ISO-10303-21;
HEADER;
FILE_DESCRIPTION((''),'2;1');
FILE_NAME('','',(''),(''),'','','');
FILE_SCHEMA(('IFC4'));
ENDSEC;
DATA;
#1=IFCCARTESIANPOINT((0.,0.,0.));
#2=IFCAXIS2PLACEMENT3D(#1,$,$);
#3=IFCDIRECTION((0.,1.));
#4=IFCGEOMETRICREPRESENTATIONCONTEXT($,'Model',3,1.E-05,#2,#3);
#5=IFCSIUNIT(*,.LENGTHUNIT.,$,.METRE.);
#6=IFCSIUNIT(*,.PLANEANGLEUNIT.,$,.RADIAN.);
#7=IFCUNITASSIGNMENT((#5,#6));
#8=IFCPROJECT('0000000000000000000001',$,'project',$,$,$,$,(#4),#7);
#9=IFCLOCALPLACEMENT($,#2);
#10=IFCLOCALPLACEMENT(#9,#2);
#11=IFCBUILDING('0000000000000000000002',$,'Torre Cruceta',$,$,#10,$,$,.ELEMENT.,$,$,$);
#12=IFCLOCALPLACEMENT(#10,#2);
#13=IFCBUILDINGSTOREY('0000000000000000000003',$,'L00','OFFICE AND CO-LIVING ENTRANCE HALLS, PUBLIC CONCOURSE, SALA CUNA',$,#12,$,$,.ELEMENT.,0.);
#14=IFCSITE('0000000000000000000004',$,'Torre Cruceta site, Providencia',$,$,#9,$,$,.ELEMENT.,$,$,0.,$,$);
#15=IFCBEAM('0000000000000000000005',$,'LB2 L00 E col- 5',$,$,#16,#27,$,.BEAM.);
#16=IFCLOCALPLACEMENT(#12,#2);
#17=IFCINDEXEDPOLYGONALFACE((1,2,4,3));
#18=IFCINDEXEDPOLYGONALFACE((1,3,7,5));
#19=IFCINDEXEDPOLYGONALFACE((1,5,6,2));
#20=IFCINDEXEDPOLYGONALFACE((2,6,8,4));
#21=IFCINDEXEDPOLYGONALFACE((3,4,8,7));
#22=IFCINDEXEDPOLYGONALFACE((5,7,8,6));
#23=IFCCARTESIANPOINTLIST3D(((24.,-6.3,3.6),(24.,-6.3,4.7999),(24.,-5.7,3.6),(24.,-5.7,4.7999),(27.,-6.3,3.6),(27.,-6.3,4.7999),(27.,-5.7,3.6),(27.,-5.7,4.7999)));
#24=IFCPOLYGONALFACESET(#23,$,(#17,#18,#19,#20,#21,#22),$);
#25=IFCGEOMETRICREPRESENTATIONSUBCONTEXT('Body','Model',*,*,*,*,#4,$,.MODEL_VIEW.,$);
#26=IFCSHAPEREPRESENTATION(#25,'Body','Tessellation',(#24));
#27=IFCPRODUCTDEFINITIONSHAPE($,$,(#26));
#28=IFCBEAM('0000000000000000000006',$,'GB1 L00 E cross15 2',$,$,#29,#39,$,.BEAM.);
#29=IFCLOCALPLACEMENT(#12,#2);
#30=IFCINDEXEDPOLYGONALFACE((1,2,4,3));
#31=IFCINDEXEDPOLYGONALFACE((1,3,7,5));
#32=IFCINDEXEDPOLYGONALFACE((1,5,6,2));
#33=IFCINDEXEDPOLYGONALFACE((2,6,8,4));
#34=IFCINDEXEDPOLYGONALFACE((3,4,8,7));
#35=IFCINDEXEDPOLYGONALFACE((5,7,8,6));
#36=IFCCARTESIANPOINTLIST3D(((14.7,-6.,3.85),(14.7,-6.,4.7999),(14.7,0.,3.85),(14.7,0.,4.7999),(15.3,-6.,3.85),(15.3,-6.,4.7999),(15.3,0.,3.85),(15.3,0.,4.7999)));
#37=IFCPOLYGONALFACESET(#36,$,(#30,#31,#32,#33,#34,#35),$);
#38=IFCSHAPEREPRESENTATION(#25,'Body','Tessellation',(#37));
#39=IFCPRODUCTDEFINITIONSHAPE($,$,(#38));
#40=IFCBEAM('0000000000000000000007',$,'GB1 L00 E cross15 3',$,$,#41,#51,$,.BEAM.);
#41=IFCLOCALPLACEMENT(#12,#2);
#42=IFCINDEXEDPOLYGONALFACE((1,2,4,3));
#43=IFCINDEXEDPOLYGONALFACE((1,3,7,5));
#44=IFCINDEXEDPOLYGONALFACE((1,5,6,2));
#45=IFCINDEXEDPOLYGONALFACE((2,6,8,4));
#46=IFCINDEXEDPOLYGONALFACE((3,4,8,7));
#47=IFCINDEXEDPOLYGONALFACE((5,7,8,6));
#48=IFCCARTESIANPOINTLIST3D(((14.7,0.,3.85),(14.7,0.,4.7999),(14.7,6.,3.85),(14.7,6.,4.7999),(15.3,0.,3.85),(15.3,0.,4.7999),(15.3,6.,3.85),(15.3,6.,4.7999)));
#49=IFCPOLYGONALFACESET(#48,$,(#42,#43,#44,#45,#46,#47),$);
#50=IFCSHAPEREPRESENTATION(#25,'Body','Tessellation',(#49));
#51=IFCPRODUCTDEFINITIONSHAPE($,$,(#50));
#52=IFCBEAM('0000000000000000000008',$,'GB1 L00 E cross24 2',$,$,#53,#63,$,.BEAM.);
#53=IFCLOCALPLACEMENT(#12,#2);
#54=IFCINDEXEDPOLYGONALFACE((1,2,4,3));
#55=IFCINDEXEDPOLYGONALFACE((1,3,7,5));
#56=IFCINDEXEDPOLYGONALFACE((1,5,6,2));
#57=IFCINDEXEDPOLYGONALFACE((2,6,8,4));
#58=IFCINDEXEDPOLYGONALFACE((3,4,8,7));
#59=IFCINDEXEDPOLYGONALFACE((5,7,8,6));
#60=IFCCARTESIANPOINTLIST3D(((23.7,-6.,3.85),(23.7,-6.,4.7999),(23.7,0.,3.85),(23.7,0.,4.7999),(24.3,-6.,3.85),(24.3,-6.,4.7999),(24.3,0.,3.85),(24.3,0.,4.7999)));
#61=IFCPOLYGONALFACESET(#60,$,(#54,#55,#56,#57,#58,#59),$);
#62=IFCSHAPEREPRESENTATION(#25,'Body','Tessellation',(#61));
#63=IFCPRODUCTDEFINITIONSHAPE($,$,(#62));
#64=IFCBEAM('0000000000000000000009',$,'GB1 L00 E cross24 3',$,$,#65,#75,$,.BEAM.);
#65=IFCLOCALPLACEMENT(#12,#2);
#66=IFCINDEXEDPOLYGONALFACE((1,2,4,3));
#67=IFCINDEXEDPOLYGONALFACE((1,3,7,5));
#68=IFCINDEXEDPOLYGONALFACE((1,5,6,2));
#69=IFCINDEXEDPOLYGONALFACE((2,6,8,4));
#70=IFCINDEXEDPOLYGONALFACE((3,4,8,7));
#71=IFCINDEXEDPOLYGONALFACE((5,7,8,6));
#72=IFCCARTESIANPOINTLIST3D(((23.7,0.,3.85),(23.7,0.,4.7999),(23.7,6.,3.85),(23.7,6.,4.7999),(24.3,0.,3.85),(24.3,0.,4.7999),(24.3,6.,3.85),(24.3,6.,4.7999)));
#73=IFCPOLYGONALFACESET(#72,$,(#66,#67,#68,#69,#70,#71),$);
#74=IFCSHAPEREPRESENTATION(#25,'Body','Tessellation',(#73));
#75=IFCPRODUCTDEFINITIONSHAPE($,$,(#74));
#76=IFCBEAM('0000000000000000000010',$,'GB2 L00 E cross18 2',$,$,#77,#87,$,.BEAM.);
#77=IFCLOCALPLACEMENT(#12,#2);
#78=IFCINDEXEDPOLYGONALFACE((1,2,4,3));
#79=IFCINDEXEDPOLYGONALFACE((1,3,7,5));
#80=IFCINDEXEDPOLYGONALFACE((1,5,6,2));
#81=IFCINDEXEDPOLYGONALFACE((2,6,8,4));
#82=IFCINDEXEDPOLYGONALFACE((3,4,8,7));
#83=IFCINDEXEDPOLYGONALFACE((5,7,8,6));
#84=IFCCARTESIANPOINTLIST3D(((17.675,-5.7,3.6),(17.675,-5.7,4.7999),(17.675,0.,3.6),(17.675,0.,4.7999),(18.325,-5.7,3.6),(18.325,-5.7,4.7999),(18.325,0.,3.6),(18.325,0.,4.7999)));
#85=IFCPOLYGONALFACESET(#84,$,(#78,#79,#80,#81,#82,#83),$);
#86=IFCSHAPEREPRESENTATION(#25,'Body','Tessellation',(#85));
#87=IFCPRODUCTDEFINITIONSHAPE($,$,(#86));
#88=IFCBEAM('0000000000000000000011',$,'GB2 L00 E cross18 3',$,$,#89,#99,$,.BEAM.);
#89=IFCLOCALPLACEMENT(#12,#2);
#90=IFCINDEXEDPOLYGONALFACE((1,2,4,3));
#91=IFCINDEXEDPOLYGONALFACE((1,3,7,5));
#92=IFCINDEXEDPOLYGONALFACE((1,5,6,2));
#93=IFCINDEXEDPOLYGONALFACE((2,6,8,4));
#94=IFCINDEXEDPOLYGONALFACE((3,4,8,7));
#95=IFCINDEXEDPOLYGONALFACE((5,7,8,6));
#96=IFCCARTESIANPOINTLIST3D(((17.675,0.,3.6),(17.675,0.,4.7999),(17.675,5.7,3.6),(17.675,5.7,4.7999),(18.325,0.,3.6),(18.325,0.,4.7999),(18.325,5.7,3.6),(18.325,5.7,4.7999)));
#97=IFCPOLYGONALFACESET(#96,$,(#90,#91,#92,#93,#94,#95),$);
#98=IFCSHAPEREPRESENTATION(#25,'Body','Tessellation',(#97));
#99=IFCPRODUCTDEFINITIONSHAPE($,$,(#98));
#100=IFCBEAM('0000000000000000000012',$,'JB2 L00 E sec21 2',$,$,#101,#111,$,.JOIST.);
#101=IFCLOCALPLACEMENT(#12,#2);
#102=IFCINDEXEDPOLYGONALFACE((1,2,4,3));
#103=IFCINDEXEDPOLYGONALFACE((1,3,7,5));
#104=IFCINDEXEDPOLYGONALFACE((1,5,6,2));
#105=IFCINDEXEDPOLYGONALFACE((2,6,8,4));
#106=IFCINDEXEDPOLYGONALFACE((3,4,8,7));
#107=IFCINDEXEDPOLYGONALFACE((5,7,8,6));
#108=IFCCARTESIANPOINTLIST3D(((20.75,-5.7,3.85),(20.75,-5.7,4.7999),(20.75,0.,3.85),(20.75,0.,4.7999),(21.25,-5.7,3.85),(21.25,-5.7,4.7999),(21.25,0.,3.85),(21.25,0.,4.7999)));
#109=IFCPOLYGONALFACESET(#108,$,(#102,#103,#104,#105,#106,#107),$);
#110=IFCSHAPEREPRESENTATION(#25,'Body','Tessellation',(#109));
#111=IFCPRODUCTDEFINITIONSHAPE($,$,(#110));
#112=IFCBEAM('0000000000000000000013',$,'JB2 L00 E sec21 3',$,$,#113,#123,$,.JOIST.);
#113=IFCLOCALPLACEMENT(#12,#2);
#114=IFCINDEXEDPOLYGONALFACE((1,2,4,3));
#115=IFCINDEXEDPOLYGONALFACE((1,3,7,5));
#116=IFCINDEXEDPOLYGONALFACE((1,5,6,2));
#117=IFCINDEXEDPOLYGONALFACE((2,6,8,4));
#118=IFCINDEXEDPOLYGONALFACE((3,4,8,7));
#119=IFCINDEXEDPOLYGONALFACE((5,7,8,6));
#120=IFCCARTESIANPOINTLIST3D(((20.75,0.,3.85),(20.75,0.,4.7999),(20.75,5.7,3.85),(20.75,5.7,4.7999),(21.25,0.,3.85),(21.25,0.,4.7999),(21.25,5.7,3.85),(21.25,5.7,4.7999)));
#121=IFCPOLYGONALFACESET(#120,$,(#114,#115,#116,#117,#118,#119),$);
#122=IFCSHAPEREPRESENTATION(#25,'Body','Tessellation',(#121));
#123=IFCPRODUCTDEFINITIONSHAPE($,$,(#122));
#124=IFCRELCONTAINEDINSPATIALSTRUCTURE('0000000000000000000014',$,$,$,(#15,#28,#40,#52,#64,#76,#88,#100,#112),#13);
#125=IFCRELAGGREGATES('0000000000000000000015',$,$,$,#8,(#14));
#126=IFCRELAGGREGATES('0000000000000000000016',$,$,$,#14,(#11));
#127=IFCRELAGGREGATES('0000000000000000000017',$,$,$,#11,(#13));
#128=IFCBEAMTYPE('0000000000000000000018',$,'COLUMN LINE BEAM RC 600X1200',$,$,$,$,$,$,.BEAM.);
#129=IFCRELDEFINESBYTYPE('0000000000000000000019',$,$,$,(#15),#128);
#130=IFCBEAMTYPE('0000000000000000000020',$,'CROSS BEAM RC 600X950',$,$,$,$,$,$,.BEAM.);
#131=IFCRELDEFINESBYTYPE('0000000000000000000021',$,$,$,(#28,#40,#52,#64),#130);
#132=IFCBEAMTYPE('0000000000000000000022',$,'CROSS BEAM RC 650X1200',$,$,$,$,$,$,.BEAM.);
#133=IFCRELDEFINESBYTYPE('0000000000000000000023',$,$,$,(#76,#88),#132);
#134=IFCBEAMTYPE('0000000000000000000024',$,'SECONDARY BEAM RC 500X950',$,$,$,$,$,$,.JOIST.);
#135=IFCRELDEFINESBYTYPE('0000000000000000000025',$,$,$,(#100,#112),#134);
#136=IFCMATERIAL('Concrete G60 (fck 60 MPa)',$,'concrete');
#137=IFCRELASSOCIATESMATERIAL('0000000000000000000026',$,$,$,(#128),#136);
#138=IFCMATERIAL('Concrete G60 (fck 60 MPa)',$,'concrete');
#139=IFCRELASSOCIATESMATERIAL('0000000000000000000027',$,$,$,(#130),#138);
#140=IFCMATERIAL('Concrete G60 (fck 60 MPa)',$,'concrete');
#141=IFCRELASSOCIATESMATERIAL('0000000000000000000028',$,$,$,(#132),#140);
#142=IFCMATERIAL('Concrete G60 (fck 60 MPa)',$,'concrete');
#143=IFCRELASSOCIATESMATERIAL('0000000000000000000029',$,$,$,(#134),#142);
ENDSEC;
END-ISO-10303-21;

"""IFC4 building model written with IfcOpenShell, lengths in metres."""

from ifc_helpers import new_model, si_unit, direction, frame, origin, origin_2d, place, context, subcontext, project, spatial, rectangle, extrude, material, material_profile, profile_set, type_object, element, save


model = new_model("IFC4")

# Units and contexts
model_context = context("Model", 3, precision=1e-05, world=origin(), true_north=direction((0.0, 1.0)))
body_context = subcontext(model_context, "Body", "Model", "MODEL_VIEW")
ifc_project = project(units=[si_unit("LENGTHUNIT", "METRE"), si_unit("PLANEANGLEUNIT", "RADIAN")], contexts=[model_context])

# Site, building, storey
site_placement = place(None, origin())
site = spatial("IfcSite", under=ifc_project, at=site_placement, Name="Torre Cruceta site, Providencia", CompositionType="ELEMENT", RefElevation=0.0)
building_placement = place(site_placement, origin())
building = spatial("IfcBuilding", under=site, at=building_placement, Name="Torre Cruceta", CompositionType="ELEMENT")
storey_placement = place(building_placement, origin())
storey = spatial("IfcBuildingStorey", under=building, at=storey_placement, Name="L00", Description="OFFICE AND CO-LIVING ENTRANCE HALLS, PUBLIC CONCOURSE, SALA CUNA", CompositionType="ELEMENT", Elevation=0.0)

# Beams
ifc_material_1 = material(Name="Concrete G60 (fck 60 MPa)", Category="concrete")
ifc_material_profile_1 = material_profile(ifc_material_1, rectangle(XDim=0.6001, YDim=1.2, at=origin_2d()), Name="RC 600X1200")
ifc_profile_set_1 = profile_set([ifc_material_profile_1], Name="Concrete G60 (fck 60 MPa)")
beam_type_1 = type_object("IfcBeamType", Name="COLUMN LINE BEAM RC 600X1200", PredefinedType="BEAM", material=ifc_profile_set_1)
beam_1_placement = place(storey_placement, frame((24.0, -6.0, 4.2), z_axis=(1.0, 0.0, 0.0), x_axis=(0.0, 1.0, 0.0)))
element("IfcBeam", 1, at=beam_1_placement, inside=storey, type_object=beam_type_1, Name="LB2 L00 E col- 5", PredefinedType="BEAM", context=body_context, shape_type="SweptSolid", body=[
    extrude(rectangle(XDim=0.6001, YDim=1.2, at=origin_2d()), origin(), (0.0, 0.0, 1.0), 3.0),
])
ifc_material_2 = material(Name="Concrete G60 (fck 60 MPa)", Category="concrete")
ifc_material_profile_2 = material_profile(ifc_material_2, rectangle(XDim=0.6001, YDim=0.95, at=origin_2d()), Name="RC 600X950")
ifc_profile_set_2 = profile_set([ifc_material_profile_2], Name="Concrete G60 (fck 60 MPa)")
beam_type_2 = type_object("IfcBeamType", Name="CROSS BEAM RC 600X950", PredefinedType="BEAM", material=ifc_profile_set_2)
for number, where, z_axis, x_axis, name in (
    (2, (15.0, -6.0, 4.325), (0.0, 1.0, 0.0), (-1.0, 0.0, 0.0), "GB1 L00 E cross15 2"),
    (3, (15.0, 0.0, 4.325), (0.0, 1.0, 0.0), (-1.0, 0.0, 0.0), "GB1 L00 E cross15 3"),
    (4, (24.0, -6.0, 4.325), (0.0, 1.0, 0.0), (-1.0, 0.0, 0.0), "GB1 L00 E cross24 2"),
    (5, (24.0, 0.0, 4.325), (0.0, 1.0, 0.0), (-1.0, 0.0, 0.0), "GB1 L00 E cross24 3"),
):
    element("IfcBeam", number, at=place(storey_placement, frame(where, z_axis=z_axis, x_axis=x_axis)), inside=storey, type_object=beam_type_2, Name=name, PredefinedType="BEAM", context=body_context, shape_type="SweptSolid", body=[
        extrude(rectangle(XDim=0.6001, YDim=0.95, at=origin_2d()), origin(), (0.0, 0.0, 1.0), 6.0),
    ])
ifc_material_3 = material(Name="Concrete G60 (fck 60 MPa)", Category="concrete")
ifc_material_profile_3 = material_profile(ifc_material_3, rectangle(XDim=0.6499, YDim=1.2, at=origin_2d()), Name="RC 650X1200")
ifc_profile_set_3 = profile_set([ifc_material_profile_3], Name="Concrete G60 (fck 60 MPa)")
beam_type_3 = type_object("IfcBeamType", Name="CROSS BEAM RC 650X1200", PredefinedType="BEAM", material=ifc_profile_set_3)
for number, where, z_axis, x_axis, name in (
    (6, (18.0, -5.7, 4.2), (0.0, 1.0, 0.0), (-1.0, 0.0, 0.0), "GB2 L00 E cross18 2"),
    (7, (18.0, 0.0, 4.2), (0.0, 1.0, 0.0), (-1.0, 0.0, 0.0), "GB2 L00 E cross18 3"),
):
    element("IfcBeam", number, at=place(storey_placement, frame(where, z_axis=z_axis, x_axis=x_axis)), inside=storey, type_object=beam_type_3, Name=name, PredefinedType="BEAM", context=body_context, shape_type="SweptSolid", body=[
        extrude(rectangle(XDim=0.6499, YDim=1.2, at=origin_2d()), origin(), (0.0, 0.0, 1.0), 5.7),
    ])
ifc_material_4 = material(Name="Concrete G60 (fck 60 MPa)", Category="concrete")
ifc_material_profile_4 = material_profile(ifc_material_4, rectangle(XDim=0.5, YDim=0.95, at=origin_2d()), Name="RC 500X950")
ifc_profile_set_4 = profile_set([ifc_material_profile_4], Name="Concrete G60 (fck 60 MPa)")
beam_type_4 = type_object("IfcBeamType", Name="SECONDARY BEAM RC 500X950", PredefinedType="JOIST", material=ifc_profile_set_4)
for number, where, z_axis, x_axis, name in (
    (8, (21.0, -5.7, 4.325), (0.0, 1.0, 0.0), (-1.0, 0.0, 0.0), "JB2 L00 E sec21 2"),
    (9, (21.0, 0.0, 4.325), (0.0, 1.0, 0.0), (-1.0, 0.0, 0.0), "JB2 L00 E sec21 3"),
):
    element("IfcBeam", number, at=place(storey_placement, frame(where, z_axis=z_axis, x_axis=x_axis)), inside=storey, type_object=beam_type_4, Name=name, PredefinedType="JOIST", context=body_context, shape_type="SweptSolid", body=[
        extrude(rectangle(XDim=0.5, YDim=0.95, at=origin_2d()), origin(), (0.0, 0.0, 1.0), 5.7),
    ])

save(model, "model.ifc")
